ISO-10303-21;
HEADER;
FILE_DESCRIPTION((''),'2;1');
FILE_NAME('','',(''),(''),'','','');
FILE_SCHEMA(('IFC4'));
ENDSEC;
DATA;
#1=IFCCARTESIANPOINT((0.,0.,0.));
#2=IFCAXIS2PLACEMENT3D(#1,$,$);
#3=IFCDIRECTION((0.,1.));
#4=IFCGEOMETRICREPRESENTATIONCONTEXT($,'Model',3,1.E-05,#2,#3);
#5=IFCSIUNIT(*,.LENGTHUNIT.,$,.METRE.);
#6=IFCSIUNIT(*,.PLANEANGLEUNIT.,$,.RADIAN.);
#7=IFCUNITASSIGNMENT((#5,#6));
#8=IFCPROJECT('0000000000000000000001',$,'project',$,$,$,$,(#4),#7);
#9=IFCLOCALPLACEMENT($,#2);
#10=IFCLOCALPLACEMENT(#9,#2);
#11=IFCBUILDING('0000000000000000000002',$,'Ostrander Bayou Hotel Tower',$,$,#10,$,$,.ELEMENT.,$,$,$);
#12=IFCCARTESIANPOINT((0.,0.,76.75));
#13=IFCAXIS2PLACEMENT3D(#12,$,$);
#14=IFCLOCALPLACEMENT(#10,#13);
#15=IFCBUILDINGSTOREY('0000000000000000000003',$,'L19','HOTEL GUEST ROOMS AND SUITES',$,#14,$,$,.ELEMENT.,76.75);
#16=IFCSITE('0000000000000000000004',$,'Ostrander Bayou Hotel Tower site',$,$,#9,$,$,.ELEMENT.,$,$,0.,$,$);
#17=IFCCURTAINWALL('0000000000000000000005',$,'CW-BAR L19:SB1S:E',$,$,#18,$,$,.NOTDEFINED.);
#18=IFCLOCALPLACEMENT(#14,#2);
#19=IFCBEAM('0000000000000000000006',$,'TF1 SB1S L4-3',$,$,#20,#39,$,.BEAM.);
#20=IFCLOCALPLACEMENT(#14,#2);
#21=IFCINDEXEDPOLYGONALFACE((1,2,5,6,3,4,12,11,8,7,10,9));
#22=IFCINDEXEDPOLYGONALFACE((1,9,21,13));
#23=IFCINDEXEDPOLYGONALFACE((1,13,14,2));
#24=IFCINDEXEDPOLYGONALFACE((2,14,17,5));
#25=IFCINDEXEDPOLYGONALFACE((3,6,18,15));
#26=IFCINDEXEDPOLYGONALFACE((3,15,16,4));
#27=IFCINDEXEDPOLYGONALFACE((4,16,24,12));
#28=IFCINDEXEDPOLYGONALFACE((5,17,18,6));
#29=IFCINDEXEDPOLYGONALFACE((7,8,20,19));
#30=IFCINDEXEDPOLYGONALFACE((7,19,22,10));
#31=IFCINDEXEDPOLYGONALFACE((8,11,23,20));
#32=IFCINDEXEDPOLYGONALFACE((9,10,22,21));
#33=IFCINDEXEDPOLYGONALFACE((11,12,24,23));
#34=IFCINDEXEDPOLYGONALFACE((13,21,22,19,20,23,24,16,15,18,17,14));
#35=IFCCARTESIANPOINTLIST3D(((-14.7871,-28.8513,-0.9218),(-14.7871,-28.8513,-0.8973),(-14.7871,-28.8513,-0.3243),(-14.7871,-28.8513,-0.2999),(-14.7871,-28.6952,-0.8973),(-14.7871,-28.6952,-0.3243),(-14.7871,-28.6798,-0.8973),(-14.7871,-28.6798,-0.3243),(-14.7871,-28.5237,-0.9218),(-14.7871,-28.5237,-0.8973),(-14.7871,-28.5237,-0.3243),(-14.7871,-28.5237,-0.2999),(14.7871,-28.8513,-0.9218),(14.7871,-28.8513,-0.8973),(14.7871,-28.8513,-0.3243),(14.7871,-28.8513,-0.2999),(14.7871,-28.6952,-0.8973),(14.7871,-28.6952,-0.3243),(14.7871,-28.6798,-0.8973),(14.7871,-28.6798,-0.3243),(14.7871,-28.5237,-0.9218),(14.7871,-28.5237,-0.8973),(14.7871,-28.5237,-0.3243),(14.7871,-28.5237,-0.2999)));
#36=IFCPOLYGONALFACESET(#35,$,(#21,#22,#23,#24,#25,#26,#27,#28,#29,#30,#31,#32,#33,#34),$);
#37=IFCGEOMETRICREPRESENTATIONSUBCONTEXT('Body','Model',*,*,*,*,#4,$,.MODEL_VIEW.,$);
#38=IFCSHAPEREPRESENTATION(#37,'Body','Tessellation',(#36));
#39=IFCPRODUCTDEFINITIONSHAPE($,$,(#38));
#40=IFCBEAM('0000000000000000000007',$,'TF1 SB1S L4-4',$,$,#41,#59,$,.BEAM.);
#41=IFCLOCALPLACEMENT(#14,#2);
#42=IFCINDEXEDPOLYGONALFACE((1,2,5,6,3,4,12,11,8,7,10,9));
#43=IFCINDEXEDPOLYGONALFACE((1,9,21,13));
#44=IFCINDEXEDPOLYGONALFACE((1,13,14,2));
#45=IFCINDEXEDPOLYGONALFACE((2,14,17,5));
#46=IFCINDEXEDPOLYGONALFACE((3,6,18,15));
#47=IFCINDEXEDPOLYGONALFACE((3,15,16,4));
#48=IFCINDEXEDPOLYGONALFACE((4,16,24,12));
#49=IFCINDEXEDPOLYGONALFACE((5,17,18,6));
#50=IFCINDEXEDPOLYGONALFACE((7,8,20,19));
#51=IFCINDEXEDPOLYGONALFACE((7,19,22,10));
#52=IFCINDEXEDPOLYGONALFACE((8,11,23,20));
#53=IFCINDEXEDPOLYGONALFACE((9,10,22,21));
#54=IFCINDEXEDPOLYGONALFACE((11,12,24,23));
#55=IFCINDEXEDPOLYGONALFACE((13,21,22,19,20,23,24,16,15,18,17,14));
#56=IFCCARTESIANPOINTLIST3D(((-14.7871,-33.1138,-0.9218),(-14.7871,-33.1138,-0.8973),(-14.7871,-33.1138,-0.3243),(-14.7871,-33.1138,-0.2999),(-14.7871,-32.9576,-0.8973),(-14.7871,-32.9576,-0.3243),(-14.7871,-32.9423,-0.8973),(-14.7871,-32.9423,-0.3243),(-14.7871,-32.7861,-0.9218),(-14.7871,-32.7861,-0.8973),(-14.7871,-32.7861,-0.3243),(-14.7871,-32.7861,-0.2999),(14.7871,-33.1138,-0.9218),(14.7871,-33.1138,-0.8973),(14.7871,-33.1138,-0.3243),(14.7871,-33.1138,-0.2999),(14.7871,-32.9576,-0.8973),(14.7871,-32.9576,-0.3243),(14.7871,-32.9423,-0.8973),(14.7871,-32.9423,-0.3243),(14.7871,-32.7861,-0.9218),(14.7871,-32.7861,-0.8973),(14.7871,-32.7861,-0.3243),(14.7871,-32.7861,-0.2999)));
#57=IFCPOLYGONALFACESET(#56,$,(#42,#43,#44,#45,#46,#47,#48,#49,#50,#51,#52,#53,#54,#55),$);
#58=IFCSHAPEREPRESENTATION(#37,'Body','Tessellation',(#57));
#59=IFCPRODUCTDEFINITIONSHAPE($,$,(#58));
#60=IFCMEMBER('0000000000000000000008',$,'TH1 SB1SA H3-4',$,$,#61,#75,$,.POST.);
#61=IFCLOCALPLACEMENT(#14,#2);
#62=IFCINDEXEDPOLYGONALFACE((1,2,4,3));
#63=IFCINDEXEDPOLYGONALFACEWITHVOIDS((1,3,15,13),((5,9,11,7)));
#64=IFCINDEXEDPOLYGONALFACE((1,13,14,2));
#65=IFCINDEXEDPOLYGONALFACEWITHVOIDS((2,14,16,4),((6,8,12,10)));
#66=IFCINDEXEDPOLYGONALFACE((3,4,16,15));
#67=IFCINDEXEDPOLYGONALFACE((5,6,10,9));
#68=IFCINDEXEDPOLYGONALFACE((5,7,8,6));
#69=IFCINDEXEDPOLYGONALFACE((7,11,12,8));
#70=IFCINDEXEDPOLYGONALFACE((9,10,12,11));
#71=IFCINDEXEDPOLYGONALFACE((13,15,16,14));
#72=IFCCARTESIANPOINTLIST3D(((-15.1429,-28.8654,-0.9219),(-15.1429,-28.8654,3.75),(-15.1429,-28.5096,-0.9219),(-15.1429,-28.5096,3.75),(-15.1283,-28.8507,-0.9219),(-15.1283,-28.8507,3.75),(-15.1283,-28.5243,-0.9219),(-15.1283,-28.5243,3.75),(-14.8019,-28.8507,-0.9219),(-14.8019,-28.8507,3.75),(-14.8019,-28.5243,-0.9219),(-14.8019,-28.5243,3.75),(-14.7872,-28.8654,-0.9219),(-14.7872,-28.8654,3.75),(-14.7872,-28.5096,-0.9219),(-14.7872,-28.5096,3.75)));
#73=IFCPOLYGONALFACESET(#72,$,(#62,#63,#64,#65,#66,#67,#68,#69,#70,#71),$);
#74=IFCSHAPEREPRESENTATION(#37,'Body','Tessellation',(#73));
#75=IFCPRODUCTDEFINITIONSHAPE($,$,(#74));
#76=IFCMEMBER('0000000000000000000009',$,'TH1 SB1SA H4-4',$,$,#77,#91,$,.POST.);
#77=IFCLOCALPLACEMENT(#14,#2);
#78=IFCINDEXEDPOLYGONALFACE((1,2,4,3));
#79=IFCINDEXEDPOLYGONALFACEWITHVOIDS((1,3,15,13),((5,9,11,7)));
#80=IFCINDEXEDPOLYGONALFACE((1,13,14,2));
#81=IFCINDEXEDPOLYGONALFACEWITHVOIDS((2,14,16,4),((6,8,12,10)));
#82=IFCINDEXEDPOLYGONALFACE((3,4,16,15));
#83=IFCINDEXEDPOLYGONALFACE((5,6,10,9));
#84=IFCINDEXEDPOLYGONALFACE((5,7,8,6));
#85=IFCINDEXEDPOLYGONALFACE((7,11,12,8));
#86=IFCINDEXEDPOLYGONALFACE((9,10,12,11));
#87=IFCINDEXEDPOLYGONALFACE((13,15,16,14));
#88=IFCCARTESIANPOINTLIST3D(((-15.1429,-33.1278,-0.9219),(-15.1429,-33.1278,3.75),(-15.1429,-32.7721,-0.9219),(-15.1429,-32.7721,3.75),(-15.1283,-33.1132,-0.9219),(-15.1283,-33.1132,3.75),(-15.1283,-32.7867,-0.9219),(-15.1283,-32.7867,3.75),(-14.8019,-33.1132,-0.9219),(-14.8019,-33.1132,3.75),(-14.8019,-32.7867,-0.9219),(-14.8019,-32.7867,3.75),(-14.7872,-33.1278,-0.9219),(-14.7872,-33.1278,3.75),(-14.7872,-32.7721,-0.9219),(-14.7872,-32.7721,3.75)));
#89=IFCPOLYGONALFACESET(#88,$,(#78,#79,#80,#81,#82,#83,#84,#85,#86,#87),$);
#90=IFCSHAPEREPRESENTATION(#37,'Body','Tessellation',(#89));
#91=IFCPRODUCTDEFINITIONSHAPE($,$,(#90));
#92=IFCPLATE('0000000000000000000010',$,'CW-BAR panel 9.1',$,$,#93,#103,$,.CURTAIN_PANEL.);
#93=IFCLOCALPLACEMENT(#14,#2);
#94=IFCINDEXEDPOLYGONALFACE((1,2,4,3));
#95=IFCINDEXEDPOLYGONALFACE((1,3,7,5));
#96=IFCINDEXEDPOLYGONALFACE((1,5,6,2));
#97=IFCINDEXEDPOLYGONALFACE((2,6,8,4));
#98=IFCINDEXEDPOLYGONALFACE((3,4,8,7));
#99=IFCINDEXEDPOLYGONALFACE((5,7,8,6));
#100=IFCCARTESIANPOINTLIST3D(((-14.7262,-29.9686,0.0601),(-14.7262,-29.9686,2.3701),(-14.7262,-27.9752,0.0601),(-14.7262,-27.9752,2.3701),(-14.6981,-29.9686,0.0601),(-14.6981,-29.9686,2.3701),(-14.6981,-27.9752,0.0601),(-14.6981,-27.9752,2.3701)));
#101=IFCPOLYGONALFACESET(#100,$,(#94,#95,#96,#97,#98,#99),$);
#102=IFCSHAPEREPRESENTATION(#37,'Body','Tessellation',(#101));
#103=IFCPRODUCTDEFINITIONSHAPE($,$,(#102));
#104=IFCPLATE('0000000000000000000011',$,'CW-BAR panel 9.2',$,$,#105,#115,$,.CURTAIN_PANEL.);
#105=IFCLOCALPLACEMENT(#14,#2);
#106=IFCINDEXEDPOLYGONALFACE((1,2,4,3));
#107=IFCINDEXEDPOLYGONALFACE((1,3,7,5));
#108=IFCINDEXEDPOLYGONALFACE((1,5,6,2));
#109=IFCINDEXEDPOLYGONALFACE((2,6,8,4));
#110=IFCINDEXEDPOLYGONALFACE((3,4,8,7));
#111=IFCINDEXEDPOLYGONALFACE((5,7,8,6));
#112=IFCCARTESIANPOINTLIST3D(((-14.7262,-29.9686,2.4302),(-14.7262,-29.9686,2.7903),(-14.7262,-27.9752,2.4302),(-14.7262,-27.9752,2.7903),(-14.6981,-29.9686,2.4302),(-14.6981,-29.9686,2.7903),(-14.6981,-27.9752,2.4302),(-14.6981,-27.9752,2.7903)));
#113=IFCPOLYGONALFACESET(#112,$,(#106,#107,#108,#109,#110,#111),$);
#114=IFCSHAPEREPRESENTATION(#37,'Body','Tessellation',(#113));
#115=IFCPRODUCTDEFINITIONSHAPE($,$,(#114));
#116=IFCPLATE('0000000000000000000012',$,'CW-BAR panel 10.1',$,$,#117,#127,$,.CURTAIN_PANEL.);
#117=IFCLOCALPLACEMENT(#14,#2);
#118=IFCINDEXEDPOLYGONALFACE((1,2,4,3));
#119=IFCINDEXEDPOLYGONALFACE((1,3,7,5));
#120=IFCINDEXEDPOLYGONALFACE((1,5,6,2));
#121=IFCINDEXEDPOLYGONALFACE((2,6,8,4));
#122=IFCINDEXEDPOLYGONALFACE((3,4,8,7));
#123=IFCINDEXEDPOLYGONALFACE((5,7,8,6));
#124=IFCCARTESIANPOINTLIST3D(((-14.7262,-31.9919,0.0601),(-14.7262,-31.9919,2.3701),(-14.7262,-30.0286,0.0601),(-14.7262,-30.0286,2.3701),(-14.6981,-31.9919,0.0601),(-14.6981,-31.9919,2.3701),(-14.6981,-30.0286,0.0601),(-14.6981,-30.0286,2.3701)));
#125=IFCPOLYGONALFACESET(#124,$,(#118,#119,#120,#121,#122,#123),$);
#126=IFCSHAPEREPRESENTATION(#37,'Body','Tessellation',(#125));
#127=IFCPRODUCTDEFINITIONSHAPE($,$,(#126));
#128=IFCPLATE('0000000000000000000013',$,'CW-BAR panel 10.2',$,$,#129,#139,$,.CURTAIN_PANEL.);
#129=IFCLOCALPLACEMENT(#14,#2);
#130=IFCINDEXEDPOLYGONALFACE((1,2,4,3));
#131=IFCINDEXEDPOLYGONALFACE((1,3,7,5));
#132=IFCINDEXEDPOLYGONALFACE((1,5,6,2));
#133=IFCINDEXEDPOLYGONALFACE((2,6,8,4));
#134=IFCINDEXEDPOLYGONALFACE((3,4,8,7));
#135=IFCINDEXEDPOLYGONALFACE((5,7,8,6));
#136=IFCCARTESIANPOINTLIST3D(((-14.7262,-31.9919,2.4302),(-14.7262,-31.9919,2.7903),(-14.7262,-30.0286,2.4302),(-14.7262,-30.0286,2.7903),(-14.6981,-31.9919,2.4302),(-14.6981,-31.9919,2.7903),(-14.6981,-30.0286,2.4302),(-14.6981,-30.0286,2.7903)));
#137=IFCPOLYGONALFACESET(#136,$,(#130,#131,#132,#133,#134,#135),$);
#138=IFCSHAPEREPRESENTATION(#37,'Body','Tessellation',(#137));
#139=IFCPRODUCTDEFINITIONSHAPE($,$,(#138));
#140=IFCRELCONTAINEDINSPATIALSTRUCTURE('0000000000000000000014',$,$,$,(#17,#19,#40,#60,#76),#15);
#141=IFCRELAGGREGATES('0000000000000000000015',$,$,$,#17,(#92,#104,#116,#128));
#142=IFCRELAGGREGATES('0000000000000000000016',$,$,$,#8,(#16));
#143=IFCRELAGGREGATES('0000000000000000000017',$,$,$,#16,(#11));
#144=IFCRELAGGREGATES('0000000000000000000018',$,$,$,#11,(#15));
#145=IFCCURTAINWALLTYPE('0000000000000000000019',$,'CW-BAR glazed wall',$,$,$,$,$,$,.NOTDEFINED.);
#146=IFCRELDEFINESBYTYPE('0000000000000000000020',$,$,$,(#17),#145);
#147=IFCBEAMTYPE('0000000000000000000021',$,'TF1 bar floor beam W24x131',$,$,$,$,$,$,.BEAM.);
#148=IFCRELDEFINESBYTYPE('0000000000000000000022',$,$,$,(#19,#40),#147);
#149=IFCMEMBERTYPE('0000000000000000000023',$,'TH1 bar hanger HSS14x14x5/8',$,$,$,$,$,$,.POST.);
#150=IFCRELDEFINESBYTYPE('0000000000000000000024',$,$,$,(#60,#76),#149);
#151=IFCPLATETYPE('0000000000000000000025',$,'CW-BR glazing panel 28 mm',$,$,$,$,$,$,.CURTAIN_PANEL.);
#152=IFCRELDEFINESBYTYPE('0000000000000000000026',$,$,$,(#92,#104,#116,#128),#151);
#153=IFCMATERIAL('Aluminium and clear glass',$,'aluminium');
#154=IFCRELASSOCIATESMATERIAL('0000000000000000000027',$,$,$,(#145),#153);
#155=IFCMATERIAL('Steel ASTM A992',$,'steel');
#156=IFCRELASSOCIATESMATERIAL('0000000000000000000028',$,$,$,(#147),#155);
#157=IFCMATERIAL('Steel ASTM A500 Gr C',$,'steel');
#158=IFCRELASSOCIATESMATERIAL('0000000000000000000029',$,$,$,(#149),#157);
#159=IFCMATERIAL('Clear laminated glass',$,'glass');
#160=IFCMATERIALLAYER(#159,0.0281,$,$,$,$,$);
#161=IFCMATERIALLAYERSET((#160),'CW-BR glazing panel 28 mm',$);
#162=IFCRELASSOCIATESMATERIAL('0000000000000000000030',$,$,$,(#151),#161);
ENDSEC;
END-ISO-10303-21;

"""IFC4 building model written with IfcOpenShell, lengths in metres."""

from ifc_helpers import new_model, si_unit, direction, frame, origin, origin_2d, place, context, subcontext, project, spatial, rectangle, hollow_rectangle, i_section, extrude, material, layer, layer_set, material_profile, profile_set, type_object, element, aggregate, save


model = new_model("IFC4")

# Units and contexts
model_context = context("Model", 3, precision=1e-05, world=origin(), true_north=direction((0.0, 1.0)))
body_context = subcontext(model_context, "Body", "Model", "MODEL_VIEW")
ifc_project = project(units=[si_unit("LENGTHUNIT", "METRE"), si_unit("PLANEANGLEUNIT", "RADIAN")], contexts=[model_context])

# Site, building, storey
site_placement = place(None, origin())
site = spatial("IfcSite", under=ifc_project, at=site_placement, Name="Ostrander Bayou Hotel Tower site", CompositionType="ELEMENT", RefElevation=0.0)
building_placement = place(site_placement, origin())
building = spatial("IfcBuilding", under=site, at=building_placement, Name="Ostrander Bayou Hotel Tower", CompositionType="ELEMENT")
storey_placement = place(building_placement, frame((0.0, 0.0, 76.75)))
storey = spatial("IfcBuildingStorey", under=building, at=storey_placement, Name="L19", Description="HOTEL GUEST ROOMS AND SUITES", CompositionType="ELEMENT", Elevation=76.75)

# Curtain wall
ifc_material_1 = material(Name="Aluminium and clear glass", Category="aluminium")
curtain_wall_type = type_object("IfcCurtainWallType", Name="CW-BAR glazed wall", PredefinedType="NOTDEFINED", material=ifc_material_1)
curtain_wall_1_placement = place(storey_placement, origin())
curtain_wall_1 = element("IfcCurtainWall", 1, at=curtain_wall_1_placement, inside=storey, type_object=curtain_wall_type, Name="CW-BAR L19:SB1S:E", PredefinedType="NOTDEFINED")

# Beams
ifc_material_2 = material(Name="Steel ASTM A992", Category="steel")
ifc_material_profile_1 = material_profile(ifc_material_2, i_section(OverallWidth=0.3276, OverallDepth=0.6218, WebThickness=0.0154, FlangeThickness=0.0244, at=origin_2d()))
ifc_profile_set_1 = profile_set([ifc_material_profile_1], Name="Steel ASTM A992")
beam_type = type_object("IfcBeamType", Name="TF1 bar floor beam W24x131", PredefinedType="BEAM", material=ifc_profile_set_1)
for number, where, z_axis, x_axis, name in (
    (2, (-14.7871, -28.6875, -0.6108), (1.0, 0.0, 0.0), (0.0, 1.0, 0.0), "TF1 SB1S L4-3"),
    (3, (-14.7871, -32.95, -0.6108), (1.0, 0.0, 0.0), (0.0, 1.0, 0.0), "TF1 SB1S L4-4"),
):
    element("IfcBeam", number, at=place(storey_placement, frame(where, z_axis=z_axis, x_axis=x_axis)), inside=storey, type_object=beam_type, Name=name, PredefinedType="BEAM", context=body_context, shape_type="SweptSolid", body=[
        extrude(i_section(OverallWidth=0.3276, OverallDepth=0.6218, WebThickness=0.0154, FlangeThickness=0.0244, at=origin_2d()), origin(), (0.0, 0.0, 1.0), 29.5742),
    ])

# Members
ifc_material_3 = material(Name="Steel ASTM A500 Gr C", Category="steel")
ifc_material_profile_2 = material_profile(ifc_material_3, hollow_rectangle(XDim=0.3557, YDim=0.3557, WallThickness=0.0146, at=origin_2d()))
ifc_profile_set_2 = profile_set([ifc_material_profile_2], Name="Steel ASTM A500 Gr C")
member_type_1 = type_object("IfcMemberType", Name="TH1 bar hanger HSS14x14x5/8", PredefinedType="POST", material=ifc_profile_set_2)
for number, where, z_axis, x_axis, name in (
    (4, (-14.9651, -28.6875, -0.9219), (0.0, 0.0, 1.0), (1.0, 0.0, 0.0), "TH1 SB1SA H3-4"),
    (5, (-14.9651, -32.95, -0.9219), (0.0, 0.0, 1.0), (1.0, 0.0, 0.0), "TH1 SB1SA H4-4"),
):
    element("IfcMember", number, at=place(storey_placement, frame(where, z_axis=z_axis, x_axis=x_axis)), inside=storey, type_object=member_type_1, Name=name, PredefinedType="POST", context=body_context, shape_type="SweptSolid", body=[
        extrude(hollow_rectangle(XDim=0.3557, YDim=0.3557, WallThickness=0.0146, at=origin_2d()), origin(), (0.0, 0.0, 1.0), 4.6719),
    ])

# Plates
ifc_material_4 = material(Name="Clear laminated glass", Category="glass")
ifc_layer = layer(ifc_material_4, 0.0281)
ifc_layer_set = layer_set([ifc_layer], Name="CW-BR glazing panel 28 mm")
plate_type = type_object("IfcPlateType", Name="CW-BR glazing panel 28 mm", PredefinedType="CURTAIN_PANEL", material=ifc_layer_set)
plate_1_placement = place(storey_placement, frame((-14.7122, -28.9719, 0.0601), z_axis=(0.0, 0.0, 1.0), x_axis=(0.0, -1.0, 0.0)))
plate_1 = element("IfcPlate", 6, at=plate_1_placement, type_object=plate_type, Name="CW-BAR panel 9.1", PredefinedType="CURTAIN_PANEL", context=body_context, shape_type="SweptSolid", body=[
    extrude(rectangle(XDim=1.9934, YDim=0.0281, at=origin_2d()), origin(), (0.0, 0.0, 1.0), 2.3101),
])
plate_2_placement = place(storey_placement, frame((-14.7122, -28.9719, 2.4302), z_axis=(0.0, 0.0, 1.0), x_axis=(0.0, -1.0, 0.0)))
plate_2 = element("IfcPlate", 7, at=plate_2_placement, type_object=plate_type, Name="CW-BAR panel 9.2", PredefinedType="CURTAIN_PANEL", context=body_context, shape_type="SweptSolid", body=[
    extrude(rectangle(XDim=1.9934, YDim=0.0281, at=origin_2d()), origin(), (0.0, 0.0, 1.0), 0.3601),
])
plate_3_placement = place(storey_placement, frame((-14.7122, -31.0103, 0.0601), z_axis=(0.0, 0.0, 1.0), x_axis=(0.0, -1.0, 0.0)))
plate_3 = element("IfcPlate", 8, at=plate_3_placement, type_object=plate_type, Name="CW-BAR panel 10.1", PredefinedType="CURTAIN_PANEL", context=body_context, shape_type="SweptSolid", body=[
    extrude(rectangle(XDim=1.9634, YDim=0.0281, at=origin_2d()), origin(), (0.0, 0.0, 1.0), 2.3101),
])
plate_4_placement = place(storey_placement, frame((-14.7122, -31.0103, 2.4302), z_axis=(0.0, 0.0, 1.0), x_axis=(0.0, -1.0, 0.0)))
plate_4 = element("IfcPlate", 9, at=plate_4_placement, type_object=plate_type, Name="CW-BAR panel 10.2", PredefinedType="CURTAIN_PANEL", context=body_context, shape_type="SweptSolid", body=[
    extrude(rectangle(XDim=1.9634, YDim=0.0281, at=origin_2d()), origin(), (0.0, 0.0, 1.0), 0.3601),
])
aggregate(curtain_wall_1, [plate_1, plate_2, plate_3, plate_4])

save(model, "model.ifc")
